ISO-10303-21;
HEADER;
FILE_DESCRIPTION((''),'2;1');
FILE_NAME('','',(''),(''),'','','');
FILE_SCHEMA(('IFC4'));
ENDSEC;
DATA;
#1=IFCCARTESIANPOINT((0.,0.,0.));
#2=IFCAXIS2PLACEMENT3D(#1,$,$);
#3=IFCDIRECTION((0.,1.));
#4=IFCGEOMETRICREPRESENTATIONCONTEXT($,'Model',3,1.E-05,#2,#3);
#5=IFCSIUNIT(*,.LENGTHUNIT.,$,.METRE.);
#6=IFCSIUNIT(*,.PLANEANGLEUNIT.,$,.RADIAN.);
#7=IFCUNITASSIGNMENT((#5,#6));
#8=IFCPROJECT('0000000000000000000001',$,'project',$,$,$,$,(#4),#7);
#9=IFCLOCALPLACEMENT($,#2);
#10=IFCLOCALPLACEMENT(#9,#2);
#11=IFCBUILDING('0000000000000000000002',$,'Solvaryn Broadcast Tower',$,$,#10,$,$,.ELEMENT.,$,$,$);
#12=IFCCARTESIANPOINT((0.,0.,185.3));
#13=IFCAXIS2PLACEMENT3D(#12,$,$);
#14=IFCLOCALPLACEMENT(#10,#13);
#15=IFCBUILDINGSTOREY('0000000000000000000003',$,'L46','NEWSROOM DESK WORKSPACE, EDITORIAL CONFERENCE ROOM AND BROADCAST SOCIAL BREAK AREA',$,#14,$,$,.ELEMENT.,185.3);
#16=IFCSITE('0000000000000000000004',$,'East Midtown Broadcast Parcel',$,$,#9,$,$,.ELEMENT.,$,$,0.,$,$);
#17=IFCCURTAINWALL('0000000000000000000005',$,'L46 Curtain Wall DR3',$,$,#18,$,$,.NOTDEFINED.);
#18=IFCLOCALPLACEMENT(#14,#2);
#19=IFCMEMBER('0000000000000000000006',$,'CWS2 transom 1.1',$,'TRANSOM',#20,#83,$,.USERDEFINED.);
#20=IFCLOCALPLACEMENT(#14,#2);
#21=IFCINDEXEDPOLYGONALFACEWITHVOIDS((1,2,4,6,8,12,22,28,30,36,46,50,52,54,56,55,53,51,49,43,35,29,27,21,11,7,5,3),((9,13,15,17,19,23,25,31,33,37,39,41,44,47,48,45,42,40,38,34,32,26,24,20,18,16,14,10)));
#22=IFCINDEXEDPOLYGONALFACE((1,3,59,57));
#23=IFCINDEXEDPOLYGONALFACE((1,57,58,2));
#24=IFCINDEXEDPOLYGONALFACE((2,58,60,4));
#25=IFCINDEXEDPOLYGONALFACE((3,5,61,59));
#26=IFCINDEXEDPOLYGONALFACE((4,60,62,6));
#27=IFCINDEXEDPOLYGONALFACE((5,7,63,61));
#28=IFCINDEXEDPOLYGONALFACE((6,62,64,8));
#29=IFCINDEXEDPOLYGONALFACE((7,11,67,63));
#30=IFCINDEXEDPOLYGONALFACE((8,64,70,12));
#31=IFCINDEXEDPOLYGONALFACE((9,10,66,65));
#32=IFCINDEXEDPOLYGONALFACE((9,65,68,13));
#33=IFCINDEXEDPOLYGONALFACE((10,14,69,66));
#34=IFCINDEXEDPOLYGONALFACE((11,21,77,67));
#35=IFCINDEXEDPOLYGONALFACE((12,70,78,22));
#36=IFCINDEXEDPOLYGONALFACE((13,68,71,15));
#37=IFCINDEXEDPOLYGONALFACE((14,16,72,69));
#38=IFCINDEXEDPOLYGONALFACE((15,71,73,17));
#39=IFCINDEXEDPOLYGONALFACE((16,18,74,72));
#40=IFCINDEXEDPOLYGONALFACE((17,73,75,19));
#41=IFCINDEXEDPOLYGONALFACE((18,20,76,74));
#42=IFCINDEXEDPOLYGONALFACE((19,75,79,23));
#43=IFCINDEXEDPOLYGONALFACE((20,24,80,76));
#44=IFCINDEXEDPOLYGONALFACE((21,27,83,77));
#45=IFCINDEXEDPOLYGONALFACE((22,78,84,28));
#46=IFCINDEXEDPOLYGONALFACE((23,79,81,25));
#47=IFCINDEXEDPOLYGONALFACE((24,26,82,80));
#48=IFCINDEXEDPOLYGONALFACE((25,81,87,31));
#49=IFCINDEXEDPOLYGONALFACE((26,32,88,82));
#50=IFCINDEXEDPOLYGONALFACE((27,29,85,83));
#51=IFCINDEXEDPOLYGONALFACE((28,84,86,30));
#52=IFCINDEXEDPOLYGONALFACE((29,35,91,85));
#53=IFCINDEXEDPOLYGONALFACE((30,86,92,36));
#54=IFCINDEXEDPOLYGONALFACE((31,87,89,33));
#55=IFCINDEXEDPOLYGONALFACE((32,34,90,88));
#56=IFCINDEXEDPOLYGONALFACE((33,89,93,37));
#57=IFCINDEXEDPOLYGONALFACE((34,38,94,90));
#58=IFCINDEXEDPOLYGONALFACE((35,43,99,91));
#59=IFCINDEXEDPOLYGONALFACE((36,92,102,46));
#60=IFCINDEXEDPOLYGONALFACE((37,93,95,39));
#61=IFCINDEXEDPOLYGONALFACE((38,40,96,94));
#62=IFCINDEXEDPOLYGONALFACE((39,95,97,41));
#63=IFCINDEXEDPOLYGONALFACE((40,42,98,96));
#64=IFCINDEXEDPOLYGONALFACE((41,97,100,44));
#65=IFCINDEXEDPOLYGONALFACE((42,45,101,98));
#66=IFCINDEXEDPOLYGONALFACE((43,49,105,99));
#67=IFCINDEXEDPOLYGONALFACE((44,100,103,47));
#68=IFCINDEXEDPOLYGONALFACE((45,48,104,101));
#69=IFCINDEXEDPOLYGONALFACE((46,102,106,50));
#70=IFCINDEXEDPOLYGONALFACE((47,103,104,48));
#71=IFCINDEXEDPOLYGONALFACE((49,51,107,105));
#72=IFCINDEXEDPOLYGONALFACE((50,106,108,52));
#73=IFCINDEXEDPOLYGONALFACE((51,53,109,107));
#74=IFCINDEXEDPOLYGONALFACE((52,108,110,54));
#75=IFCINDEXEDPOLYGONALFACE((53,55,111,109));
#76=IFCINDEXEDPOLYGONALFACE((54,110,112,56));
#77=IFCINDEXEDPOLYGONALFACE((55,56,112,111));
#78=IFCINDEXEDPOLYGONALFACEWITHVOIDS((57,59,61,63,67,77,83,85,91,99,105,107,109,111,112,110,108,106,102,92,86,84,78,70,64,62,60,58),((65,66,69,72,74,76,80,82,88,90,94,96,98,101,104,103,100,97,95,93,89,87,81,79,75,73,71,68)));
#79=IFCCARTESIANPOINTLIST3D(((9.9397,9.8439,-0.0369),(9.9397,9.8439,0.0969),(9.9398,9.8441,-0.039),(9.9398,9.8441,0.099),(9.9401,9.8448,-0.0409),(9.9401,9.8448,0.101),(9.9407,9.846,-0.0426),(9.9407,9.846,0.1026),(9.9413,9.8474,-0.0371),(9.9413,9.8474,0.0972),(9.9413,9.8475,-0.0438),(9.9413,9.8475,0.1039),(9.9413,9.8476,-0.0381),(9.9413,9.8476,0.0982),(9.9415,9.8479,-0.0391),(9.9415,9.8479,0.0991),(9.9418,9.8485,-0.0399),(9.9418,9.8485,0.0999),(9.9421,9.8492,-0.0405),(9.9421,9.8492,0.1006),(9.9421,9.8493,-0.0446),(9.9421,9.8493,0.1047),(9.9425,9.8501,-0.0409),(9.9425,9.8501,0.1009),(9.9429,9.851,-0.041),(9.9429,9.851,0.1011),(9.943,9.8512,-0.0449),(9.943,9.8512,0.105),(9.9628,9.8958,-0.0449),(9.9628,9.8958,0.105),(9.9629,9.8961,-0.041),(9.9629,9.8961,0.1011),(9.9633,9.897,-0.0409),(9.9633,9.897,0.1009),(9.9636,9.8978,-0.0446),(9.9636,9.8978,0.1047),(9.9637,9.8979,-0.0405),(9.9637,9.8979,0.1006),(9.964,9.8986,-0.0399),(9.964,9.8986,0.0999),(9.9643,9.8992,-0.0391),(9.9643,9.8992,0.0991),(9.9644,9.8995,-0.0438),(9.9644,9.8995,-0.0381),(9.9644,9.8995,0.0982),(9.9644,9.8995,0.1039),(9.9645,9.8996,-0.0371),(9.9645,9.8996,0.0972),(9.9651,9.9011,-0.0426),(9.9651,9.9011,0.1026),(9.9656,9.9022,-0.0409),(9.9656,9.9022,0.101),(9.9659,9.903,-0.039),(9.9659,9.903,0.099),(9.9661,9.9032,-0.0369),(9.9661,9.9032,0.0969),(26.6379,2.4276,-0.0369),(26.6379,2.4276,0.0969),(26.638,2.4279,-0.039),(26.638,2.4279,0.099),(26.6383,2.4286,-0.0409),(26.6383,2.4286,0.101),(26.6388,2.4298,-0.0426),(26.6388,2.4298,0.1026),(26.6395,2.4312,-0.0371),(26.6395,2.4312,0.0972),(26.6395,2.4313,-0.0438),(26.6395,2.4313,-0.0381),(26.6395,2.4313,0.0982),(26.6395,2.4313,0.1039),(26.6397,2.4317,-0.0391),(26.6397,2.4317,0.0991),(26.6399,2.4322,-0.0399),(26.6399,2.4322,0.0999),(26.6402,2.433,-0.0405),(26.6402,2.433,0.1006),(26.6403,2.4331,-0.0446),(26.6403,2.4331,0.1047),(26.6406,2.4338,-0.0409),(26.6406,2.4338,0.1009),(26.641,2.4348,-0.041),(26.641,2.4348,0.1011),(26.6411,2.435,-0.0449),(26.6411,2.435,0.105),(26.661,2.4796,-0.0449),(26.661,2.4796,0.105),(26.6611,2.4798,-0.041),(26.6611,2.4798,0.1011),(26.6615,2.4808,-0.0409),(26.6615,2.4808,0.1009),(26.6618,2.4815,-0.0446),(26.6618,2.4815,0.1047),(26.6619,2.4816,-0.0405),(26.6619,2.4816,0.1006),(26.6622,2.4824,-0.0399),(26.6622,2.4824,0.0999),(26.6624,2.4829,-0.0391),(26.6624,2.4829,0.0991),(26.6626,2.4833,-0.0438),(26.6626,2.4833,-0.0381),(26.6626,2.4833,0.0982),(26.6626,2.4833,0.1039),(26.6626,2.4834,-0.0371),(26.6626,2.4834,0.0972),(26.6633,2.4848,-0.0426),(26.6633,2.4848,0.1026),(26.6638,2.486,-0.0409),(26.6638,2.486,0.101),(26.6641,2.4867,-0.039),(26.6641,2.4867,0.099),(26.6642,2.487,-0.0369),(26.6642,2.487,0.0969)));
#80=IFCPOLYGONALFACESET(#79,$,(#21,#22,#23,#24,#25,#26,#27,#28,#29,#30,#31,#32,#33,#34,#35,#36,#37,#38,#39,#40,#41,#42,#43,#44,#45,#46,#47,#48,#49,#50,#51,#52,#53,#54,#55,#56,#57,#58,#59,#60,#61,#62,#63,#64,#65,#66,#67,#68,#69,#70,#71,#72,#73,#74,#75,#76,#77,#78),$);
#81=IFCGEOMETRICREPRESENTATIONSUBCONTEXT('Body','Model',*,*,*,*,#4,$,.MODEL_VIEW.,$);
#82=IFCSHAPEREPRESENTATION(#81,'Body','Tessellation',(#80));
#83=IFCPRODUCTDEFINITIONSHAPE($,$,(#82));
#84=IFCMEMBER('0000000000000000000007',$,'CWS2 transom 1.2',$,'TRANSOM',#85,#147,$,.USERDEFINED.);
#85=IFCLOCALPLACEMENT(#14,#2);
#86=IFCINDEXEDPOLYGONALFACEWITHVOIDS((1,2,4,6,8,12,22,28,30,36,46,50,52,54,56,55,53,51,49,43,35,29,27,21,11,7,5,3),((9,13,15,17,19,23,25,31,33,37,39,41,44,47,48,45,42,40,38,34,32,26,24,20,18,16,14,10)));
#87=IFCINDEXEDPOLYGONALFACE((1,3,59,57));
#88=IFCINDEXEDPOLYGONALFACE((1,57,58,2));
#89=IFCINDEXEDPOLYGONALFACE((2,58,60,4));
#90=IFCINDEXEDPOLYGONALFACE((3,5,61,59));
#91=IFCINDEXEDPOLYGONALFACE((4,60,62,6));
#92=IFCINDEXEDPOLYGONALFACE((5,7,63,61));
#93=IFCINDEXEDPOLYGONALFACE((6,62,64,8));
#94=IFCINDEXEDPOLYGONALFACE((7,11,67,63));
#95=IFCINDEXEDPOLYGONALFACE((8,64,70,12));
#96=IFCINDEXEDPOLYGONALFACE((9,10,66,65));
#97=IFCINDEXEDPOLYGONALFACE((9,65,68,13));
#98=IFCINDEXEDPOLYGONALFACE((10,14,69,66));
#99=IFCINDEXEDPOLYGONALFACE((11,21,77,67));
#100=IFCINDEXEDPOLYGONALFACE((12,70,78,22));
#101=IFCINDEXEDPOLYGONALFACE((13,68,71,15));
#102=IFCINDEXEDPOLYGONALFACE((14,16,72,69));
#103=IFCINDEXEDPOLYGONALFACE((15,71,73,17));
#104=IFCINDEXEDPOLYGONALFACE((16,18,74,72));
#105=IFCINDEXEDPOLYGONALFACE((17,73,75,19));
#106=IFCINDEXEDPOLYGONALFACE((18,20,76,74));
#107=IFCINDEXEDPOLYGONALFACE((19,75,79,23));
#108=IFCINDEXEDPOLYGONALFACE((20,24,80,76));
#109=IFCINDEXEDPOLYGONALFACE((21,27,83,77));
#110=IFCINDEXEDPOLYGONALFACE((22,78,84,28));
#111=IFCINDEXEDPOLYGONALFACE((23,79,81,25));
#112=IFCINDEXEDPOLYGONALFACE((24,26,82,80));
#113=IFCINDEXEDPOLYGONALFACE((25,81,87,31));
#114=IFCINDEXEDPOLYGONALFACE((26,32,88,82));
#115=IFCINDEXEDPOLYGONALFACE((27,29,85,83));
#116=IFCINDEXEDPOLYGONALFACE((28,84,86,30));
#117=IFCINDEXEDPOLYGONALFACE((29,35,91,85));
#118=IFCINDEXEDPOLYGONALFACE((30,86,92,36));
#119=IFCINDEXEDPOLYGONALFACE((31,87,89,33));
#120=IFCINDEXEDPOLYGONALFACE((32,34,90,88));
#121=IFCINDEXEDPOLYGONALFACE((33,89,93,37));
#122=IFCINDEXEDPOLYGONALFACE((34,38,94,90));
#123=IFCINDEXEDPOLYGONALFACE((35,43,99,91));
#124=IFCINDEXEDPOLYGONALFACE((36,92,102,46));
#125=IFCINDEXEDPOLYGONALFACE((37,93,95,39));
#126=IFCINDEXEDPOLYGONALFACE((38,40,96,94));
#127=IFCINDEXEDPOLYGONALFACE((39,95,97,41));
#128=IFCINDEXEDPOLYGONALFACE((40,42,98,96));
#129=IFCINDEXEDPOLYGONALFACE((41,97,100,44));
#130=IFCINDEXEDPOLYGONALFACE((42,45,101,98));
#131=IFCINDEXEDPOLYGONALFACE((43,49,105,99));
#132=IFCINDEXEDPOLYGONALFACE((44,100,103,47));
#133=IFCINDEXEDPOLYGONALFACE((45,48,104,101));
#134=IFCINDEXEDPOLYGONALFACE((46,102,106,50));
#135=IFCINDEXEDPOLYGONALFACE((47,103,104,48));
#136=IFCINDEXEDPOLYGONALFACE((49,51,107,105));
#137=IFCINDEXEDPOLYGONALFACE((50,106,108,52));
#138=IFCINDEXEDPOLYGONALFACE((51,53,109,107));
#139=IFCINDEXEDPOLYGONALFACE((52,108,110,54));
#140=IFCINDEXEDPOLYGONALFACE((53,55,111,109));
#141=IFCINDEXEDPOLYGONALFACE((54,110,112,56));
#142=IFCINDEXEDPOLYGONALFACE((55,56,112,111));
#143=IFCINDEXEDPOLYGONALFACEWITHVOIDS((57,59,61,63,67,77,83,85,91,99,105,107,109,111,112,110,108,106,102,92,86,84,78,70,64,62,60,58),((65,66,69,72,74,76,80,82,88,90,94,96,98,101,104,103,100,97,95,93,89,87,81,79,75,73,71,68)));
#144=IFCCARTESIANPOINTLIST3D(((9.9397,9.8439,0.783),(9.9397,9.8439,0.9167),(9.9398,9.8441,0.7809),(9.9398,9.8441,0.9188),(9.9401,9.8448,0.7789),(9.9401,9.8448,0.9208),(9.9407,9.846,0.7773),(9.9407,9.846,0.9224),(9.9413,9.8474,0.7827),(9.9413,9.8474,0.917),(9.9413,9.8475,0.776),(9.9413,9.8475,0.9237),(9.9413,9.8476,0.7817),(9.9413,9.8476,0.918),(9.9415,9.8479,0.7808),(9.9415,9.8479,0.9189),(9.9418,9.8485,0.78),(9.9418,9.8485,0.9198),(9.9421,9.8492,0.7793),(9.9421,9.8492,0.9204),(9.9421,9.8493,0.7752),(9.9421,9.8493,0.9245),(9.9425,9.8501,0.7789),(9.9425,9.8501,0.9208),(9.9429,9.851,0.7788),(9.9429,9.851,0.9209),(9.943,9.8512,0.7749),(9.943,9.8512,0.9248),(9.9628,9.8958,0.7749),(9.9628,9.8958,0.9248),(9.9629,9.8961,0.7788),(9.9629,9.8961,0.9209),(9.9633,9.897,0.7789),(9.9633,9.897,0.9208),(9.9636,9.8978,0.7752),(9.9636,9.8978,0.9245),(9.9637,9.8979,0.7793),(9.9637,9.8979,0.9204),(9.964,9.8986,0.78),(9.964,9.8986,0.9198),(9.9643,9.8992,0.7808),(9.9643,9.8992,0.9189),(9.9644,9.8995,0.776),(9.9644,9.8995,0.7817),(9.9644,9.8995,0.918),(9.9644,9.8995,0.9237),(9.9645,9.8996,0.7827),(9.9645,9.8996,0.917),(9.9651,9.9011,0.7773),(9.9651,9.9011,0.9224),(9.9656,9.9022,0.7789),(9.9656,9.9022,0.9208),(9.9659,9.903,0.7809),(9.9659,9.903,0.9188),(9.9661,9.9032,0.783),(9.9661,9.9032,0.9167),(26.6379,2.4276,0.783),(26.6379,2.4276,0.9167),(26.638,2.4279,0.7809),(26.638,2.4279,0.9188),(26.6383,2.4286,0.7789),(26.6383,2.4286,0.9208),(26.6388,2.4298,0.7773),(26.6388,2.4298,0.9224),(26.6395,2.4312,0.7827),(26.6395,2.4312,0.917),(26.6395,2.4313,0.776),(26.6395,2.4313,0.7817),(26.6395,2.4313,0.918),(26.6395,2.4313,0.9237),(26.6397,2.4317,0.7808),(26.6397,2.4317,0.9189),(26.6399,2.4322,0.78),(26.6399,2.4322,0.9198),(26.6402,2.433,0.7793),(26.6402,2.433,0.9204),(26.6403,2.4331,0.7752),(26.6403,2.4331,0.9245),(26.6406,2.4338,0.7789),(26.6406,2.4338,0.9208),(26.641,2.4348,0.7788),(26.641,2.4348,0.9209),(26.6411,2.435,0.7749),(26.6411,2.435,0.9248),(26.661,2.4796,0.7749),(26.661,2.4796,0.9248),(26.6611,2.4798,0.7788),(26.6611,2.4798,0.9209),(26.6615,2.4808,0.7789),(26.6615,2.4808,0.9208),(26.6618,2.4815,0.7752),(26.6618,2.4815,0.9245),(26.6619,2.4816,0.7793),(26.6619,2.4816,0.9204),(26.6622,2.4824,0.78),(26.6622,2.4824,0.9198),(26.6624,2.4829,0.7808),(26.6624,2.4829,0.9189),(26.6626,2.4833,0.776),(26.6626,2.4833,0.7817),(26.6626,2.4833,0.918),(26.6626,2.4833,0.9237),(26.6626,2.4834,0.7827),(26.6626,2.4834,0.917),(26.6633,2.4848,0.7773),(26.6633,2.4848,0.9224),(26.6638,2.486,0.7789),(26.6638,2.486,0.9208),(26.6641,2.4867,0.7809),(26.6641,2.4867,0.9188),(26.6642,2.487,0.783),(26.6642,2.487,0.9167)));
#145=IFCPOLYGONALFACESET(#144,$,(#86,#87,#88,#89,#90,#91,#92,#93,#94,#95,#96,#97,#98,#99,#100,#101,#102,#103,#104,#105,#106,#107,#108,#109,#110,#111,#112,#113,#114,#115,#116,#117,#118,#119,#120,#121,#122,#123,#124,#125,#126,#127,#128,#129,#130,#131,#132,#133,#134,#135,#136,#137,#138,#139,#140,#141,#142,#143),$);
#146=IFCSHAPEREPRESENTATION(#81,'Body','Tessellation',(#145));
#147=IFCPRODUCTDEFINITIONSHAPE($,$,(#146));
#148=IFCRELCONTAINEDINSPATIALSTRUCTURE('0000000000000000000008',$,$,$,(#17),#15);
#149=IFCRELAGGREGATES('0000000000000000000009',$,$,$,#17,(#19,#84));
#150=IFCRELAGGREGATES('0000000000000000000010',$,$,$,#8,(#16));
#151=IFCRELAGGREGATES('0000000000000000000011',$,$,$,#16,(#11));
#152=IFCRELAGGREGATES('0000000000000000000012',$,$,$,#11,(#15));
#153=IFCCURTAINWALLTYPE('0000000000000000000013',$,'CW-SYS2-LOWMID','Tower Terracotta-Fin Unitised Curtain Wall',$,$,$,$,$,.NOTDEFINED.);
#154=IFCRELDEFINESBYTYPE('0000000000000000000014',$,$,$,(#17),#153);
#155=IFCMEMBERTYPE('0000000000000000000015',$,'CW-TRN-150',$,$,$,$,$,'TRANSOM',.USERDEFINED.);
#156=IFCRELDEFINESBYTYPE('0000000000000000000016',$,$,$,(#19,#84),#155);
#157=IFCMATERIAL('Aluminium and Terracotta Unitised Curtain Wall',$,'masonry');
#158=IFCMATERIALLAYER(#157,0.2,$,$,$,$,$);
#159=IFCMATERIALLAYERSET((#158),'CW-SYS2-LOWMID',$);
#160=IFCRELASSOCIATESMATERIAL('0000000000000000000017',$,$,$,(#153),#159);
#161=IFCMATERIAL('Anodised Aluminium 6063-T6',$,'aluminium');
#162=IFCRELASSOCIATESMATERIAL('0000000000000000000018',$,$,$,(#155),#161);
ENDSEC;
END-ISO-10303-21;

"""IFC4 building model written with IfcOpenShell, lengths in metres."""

from ifc_helpers import new_model, si_unit, direction, frame, origin, origin_2d, place, context, subcontext, project, spatial, hollow_rectangle, extrude, material, layer, layer_set, material_profile, profile_set, type_object, element, aggregate, save


model = new_model("IFC4")

# Units and contexts
model_context = context("Model", 3, precision=1e-05, world=origin(), true_north=direction((0.0, 1.0)))
body_context = subcontext(model_context, "Body", "Model", "MODEL_VIEW")
ifc_project = project(units=[si_unit("LENGTHUNIT", "METRE"), si_unit("PLANEANGLEUNIT", "RADIAN")], contexts=[model_context])

# Site, building, storey
site_placement = place(None, origin())
site = spatial("IfcSite", under=ifc_project, at=site_placement, Name="East Midtown Broadcast Parcel", CompositionType="ELEMENT", RefElevation=0.0)
building_placement = place(site_placement, origin())
building = spatial("IfcBuilding", under=site, at=building_placement, Name="Solvaryn Broadcast Tower", CompositionType="ELEMENT")
storey_placement = place(building_placement, frame((0.0, 0.0, 185.3)))
storey = spatial("IfcBuildingStorey", under=building, at=storey_placement, Name="L46", Description="NEWSROOM DESK WORKSPACE, EDITORIAL CONFERENCE ROOM AND BROADCAST SOCIAL BREAK AREA", CompositionType="ELEMENT", Elevation=185.3)

# Curtain wall, members
ifc_material_1 = material(Name="Aluminium and Terracotta Unitised Curtain Wall", Category="masonry")
ifc_layer_1 = layer(ifc_material_1, 0.2)
ifc_layer_set_1 = layer_set([ifc_layer_1], Name="CW-SYS2-LOWMID")
curtain_wall_type_1 = type_object("IfcCurtainWallType", Name="CW-SYS2-LOWMID", Description="Tower Terracotta-Fin Unitised Curtain Wall", PredefinedType="NOTDEFINED", material=ifc_layer_set_1)
curtain_wall_1_placement = place(storey_placement, origin())
curtain_wall_1 = element("IfcCurtainWall", 1, at=curtain_wall_1_placement, inside=storey, type_object=curtain_wall_type_1, Name="L46 Curtain Wall DR3", PredefinedType="NOTDEFINED")
ifc_material_2 = material(Name="Anodised Aluminium 6063-T6", Category="aluminium")
ifc_material_profile_1 = material_profile(ifc_material_2, hollow_rectangle(XDim=0.0649, YDim=0.1499, WallThickness=0.0039, InnerFilletRadius=0.0039, OuterFilletRadius=0.0081, at=origin_2d()))
ifc_profile_set_1 = profile_set([ifc_material_profile_1], Name="Anodised Aluminium 6063-T6")
member_type_1 = type_object("IfcMemberType", Name="CW-TRN-150", ElementType="TRANSOM", PredefinedType="USERDEFINED", material=ifc_profile_set_1)
member_1_placement = place(storey_placement, frame((9.9529, 9.8735, 0.03), z_axis=(0.913917, -0.405902, 0.0), x_axis=(0.405902, 0.913917, 0.0)))
member_1 = element("IfcMember", 2, at=member_1_placement, type_object=member_type_1, Name="CWS2 transom 1.1", ObjectType="TRANSOM", PredefinedType="USERDEFINED", context=body_context, shape_type="SweptSolid", body=[
    extrude(hollow_rectangle(XDim=0.0649, YDim=0.1499, WallThickness=0.0039, InnerFilletRadius=0.0039, OuterFilletRadius=0.0081, at=origin_2d()), origin(), (0.0, 0.0, 1.0), 18.271),
])
member_2_placement = place(storey_placement, frame((9.9529, 9.8735, 0.8499), z_axis=(0.913917, -0.405902, 0.0), x_axis=(0.405902, 0.913917, 0.0)))
member_2 = element("IfcMember", 3, at=member_2_placement, type_object=member_type_1, Name="CWS2 transom 1.2", ObjectType="TRANSOM", PredefinedType="USERDEFINED", context=body_context, shape_type="SweptSolid", body=[
    extrude(hollow_rectangle(XDim=0.0649, YDim=0.1499, WallThickness=0.0039, InnerFilletRadius=0.0039, OuterFilletRadius=0.0081, at=origin_2d()), origin(), (0.0, 0.0, 1.0), 18.271),
])
aggregate(curtain_wall_1, [member_1, member_2])

save(model, "model.ifc")
